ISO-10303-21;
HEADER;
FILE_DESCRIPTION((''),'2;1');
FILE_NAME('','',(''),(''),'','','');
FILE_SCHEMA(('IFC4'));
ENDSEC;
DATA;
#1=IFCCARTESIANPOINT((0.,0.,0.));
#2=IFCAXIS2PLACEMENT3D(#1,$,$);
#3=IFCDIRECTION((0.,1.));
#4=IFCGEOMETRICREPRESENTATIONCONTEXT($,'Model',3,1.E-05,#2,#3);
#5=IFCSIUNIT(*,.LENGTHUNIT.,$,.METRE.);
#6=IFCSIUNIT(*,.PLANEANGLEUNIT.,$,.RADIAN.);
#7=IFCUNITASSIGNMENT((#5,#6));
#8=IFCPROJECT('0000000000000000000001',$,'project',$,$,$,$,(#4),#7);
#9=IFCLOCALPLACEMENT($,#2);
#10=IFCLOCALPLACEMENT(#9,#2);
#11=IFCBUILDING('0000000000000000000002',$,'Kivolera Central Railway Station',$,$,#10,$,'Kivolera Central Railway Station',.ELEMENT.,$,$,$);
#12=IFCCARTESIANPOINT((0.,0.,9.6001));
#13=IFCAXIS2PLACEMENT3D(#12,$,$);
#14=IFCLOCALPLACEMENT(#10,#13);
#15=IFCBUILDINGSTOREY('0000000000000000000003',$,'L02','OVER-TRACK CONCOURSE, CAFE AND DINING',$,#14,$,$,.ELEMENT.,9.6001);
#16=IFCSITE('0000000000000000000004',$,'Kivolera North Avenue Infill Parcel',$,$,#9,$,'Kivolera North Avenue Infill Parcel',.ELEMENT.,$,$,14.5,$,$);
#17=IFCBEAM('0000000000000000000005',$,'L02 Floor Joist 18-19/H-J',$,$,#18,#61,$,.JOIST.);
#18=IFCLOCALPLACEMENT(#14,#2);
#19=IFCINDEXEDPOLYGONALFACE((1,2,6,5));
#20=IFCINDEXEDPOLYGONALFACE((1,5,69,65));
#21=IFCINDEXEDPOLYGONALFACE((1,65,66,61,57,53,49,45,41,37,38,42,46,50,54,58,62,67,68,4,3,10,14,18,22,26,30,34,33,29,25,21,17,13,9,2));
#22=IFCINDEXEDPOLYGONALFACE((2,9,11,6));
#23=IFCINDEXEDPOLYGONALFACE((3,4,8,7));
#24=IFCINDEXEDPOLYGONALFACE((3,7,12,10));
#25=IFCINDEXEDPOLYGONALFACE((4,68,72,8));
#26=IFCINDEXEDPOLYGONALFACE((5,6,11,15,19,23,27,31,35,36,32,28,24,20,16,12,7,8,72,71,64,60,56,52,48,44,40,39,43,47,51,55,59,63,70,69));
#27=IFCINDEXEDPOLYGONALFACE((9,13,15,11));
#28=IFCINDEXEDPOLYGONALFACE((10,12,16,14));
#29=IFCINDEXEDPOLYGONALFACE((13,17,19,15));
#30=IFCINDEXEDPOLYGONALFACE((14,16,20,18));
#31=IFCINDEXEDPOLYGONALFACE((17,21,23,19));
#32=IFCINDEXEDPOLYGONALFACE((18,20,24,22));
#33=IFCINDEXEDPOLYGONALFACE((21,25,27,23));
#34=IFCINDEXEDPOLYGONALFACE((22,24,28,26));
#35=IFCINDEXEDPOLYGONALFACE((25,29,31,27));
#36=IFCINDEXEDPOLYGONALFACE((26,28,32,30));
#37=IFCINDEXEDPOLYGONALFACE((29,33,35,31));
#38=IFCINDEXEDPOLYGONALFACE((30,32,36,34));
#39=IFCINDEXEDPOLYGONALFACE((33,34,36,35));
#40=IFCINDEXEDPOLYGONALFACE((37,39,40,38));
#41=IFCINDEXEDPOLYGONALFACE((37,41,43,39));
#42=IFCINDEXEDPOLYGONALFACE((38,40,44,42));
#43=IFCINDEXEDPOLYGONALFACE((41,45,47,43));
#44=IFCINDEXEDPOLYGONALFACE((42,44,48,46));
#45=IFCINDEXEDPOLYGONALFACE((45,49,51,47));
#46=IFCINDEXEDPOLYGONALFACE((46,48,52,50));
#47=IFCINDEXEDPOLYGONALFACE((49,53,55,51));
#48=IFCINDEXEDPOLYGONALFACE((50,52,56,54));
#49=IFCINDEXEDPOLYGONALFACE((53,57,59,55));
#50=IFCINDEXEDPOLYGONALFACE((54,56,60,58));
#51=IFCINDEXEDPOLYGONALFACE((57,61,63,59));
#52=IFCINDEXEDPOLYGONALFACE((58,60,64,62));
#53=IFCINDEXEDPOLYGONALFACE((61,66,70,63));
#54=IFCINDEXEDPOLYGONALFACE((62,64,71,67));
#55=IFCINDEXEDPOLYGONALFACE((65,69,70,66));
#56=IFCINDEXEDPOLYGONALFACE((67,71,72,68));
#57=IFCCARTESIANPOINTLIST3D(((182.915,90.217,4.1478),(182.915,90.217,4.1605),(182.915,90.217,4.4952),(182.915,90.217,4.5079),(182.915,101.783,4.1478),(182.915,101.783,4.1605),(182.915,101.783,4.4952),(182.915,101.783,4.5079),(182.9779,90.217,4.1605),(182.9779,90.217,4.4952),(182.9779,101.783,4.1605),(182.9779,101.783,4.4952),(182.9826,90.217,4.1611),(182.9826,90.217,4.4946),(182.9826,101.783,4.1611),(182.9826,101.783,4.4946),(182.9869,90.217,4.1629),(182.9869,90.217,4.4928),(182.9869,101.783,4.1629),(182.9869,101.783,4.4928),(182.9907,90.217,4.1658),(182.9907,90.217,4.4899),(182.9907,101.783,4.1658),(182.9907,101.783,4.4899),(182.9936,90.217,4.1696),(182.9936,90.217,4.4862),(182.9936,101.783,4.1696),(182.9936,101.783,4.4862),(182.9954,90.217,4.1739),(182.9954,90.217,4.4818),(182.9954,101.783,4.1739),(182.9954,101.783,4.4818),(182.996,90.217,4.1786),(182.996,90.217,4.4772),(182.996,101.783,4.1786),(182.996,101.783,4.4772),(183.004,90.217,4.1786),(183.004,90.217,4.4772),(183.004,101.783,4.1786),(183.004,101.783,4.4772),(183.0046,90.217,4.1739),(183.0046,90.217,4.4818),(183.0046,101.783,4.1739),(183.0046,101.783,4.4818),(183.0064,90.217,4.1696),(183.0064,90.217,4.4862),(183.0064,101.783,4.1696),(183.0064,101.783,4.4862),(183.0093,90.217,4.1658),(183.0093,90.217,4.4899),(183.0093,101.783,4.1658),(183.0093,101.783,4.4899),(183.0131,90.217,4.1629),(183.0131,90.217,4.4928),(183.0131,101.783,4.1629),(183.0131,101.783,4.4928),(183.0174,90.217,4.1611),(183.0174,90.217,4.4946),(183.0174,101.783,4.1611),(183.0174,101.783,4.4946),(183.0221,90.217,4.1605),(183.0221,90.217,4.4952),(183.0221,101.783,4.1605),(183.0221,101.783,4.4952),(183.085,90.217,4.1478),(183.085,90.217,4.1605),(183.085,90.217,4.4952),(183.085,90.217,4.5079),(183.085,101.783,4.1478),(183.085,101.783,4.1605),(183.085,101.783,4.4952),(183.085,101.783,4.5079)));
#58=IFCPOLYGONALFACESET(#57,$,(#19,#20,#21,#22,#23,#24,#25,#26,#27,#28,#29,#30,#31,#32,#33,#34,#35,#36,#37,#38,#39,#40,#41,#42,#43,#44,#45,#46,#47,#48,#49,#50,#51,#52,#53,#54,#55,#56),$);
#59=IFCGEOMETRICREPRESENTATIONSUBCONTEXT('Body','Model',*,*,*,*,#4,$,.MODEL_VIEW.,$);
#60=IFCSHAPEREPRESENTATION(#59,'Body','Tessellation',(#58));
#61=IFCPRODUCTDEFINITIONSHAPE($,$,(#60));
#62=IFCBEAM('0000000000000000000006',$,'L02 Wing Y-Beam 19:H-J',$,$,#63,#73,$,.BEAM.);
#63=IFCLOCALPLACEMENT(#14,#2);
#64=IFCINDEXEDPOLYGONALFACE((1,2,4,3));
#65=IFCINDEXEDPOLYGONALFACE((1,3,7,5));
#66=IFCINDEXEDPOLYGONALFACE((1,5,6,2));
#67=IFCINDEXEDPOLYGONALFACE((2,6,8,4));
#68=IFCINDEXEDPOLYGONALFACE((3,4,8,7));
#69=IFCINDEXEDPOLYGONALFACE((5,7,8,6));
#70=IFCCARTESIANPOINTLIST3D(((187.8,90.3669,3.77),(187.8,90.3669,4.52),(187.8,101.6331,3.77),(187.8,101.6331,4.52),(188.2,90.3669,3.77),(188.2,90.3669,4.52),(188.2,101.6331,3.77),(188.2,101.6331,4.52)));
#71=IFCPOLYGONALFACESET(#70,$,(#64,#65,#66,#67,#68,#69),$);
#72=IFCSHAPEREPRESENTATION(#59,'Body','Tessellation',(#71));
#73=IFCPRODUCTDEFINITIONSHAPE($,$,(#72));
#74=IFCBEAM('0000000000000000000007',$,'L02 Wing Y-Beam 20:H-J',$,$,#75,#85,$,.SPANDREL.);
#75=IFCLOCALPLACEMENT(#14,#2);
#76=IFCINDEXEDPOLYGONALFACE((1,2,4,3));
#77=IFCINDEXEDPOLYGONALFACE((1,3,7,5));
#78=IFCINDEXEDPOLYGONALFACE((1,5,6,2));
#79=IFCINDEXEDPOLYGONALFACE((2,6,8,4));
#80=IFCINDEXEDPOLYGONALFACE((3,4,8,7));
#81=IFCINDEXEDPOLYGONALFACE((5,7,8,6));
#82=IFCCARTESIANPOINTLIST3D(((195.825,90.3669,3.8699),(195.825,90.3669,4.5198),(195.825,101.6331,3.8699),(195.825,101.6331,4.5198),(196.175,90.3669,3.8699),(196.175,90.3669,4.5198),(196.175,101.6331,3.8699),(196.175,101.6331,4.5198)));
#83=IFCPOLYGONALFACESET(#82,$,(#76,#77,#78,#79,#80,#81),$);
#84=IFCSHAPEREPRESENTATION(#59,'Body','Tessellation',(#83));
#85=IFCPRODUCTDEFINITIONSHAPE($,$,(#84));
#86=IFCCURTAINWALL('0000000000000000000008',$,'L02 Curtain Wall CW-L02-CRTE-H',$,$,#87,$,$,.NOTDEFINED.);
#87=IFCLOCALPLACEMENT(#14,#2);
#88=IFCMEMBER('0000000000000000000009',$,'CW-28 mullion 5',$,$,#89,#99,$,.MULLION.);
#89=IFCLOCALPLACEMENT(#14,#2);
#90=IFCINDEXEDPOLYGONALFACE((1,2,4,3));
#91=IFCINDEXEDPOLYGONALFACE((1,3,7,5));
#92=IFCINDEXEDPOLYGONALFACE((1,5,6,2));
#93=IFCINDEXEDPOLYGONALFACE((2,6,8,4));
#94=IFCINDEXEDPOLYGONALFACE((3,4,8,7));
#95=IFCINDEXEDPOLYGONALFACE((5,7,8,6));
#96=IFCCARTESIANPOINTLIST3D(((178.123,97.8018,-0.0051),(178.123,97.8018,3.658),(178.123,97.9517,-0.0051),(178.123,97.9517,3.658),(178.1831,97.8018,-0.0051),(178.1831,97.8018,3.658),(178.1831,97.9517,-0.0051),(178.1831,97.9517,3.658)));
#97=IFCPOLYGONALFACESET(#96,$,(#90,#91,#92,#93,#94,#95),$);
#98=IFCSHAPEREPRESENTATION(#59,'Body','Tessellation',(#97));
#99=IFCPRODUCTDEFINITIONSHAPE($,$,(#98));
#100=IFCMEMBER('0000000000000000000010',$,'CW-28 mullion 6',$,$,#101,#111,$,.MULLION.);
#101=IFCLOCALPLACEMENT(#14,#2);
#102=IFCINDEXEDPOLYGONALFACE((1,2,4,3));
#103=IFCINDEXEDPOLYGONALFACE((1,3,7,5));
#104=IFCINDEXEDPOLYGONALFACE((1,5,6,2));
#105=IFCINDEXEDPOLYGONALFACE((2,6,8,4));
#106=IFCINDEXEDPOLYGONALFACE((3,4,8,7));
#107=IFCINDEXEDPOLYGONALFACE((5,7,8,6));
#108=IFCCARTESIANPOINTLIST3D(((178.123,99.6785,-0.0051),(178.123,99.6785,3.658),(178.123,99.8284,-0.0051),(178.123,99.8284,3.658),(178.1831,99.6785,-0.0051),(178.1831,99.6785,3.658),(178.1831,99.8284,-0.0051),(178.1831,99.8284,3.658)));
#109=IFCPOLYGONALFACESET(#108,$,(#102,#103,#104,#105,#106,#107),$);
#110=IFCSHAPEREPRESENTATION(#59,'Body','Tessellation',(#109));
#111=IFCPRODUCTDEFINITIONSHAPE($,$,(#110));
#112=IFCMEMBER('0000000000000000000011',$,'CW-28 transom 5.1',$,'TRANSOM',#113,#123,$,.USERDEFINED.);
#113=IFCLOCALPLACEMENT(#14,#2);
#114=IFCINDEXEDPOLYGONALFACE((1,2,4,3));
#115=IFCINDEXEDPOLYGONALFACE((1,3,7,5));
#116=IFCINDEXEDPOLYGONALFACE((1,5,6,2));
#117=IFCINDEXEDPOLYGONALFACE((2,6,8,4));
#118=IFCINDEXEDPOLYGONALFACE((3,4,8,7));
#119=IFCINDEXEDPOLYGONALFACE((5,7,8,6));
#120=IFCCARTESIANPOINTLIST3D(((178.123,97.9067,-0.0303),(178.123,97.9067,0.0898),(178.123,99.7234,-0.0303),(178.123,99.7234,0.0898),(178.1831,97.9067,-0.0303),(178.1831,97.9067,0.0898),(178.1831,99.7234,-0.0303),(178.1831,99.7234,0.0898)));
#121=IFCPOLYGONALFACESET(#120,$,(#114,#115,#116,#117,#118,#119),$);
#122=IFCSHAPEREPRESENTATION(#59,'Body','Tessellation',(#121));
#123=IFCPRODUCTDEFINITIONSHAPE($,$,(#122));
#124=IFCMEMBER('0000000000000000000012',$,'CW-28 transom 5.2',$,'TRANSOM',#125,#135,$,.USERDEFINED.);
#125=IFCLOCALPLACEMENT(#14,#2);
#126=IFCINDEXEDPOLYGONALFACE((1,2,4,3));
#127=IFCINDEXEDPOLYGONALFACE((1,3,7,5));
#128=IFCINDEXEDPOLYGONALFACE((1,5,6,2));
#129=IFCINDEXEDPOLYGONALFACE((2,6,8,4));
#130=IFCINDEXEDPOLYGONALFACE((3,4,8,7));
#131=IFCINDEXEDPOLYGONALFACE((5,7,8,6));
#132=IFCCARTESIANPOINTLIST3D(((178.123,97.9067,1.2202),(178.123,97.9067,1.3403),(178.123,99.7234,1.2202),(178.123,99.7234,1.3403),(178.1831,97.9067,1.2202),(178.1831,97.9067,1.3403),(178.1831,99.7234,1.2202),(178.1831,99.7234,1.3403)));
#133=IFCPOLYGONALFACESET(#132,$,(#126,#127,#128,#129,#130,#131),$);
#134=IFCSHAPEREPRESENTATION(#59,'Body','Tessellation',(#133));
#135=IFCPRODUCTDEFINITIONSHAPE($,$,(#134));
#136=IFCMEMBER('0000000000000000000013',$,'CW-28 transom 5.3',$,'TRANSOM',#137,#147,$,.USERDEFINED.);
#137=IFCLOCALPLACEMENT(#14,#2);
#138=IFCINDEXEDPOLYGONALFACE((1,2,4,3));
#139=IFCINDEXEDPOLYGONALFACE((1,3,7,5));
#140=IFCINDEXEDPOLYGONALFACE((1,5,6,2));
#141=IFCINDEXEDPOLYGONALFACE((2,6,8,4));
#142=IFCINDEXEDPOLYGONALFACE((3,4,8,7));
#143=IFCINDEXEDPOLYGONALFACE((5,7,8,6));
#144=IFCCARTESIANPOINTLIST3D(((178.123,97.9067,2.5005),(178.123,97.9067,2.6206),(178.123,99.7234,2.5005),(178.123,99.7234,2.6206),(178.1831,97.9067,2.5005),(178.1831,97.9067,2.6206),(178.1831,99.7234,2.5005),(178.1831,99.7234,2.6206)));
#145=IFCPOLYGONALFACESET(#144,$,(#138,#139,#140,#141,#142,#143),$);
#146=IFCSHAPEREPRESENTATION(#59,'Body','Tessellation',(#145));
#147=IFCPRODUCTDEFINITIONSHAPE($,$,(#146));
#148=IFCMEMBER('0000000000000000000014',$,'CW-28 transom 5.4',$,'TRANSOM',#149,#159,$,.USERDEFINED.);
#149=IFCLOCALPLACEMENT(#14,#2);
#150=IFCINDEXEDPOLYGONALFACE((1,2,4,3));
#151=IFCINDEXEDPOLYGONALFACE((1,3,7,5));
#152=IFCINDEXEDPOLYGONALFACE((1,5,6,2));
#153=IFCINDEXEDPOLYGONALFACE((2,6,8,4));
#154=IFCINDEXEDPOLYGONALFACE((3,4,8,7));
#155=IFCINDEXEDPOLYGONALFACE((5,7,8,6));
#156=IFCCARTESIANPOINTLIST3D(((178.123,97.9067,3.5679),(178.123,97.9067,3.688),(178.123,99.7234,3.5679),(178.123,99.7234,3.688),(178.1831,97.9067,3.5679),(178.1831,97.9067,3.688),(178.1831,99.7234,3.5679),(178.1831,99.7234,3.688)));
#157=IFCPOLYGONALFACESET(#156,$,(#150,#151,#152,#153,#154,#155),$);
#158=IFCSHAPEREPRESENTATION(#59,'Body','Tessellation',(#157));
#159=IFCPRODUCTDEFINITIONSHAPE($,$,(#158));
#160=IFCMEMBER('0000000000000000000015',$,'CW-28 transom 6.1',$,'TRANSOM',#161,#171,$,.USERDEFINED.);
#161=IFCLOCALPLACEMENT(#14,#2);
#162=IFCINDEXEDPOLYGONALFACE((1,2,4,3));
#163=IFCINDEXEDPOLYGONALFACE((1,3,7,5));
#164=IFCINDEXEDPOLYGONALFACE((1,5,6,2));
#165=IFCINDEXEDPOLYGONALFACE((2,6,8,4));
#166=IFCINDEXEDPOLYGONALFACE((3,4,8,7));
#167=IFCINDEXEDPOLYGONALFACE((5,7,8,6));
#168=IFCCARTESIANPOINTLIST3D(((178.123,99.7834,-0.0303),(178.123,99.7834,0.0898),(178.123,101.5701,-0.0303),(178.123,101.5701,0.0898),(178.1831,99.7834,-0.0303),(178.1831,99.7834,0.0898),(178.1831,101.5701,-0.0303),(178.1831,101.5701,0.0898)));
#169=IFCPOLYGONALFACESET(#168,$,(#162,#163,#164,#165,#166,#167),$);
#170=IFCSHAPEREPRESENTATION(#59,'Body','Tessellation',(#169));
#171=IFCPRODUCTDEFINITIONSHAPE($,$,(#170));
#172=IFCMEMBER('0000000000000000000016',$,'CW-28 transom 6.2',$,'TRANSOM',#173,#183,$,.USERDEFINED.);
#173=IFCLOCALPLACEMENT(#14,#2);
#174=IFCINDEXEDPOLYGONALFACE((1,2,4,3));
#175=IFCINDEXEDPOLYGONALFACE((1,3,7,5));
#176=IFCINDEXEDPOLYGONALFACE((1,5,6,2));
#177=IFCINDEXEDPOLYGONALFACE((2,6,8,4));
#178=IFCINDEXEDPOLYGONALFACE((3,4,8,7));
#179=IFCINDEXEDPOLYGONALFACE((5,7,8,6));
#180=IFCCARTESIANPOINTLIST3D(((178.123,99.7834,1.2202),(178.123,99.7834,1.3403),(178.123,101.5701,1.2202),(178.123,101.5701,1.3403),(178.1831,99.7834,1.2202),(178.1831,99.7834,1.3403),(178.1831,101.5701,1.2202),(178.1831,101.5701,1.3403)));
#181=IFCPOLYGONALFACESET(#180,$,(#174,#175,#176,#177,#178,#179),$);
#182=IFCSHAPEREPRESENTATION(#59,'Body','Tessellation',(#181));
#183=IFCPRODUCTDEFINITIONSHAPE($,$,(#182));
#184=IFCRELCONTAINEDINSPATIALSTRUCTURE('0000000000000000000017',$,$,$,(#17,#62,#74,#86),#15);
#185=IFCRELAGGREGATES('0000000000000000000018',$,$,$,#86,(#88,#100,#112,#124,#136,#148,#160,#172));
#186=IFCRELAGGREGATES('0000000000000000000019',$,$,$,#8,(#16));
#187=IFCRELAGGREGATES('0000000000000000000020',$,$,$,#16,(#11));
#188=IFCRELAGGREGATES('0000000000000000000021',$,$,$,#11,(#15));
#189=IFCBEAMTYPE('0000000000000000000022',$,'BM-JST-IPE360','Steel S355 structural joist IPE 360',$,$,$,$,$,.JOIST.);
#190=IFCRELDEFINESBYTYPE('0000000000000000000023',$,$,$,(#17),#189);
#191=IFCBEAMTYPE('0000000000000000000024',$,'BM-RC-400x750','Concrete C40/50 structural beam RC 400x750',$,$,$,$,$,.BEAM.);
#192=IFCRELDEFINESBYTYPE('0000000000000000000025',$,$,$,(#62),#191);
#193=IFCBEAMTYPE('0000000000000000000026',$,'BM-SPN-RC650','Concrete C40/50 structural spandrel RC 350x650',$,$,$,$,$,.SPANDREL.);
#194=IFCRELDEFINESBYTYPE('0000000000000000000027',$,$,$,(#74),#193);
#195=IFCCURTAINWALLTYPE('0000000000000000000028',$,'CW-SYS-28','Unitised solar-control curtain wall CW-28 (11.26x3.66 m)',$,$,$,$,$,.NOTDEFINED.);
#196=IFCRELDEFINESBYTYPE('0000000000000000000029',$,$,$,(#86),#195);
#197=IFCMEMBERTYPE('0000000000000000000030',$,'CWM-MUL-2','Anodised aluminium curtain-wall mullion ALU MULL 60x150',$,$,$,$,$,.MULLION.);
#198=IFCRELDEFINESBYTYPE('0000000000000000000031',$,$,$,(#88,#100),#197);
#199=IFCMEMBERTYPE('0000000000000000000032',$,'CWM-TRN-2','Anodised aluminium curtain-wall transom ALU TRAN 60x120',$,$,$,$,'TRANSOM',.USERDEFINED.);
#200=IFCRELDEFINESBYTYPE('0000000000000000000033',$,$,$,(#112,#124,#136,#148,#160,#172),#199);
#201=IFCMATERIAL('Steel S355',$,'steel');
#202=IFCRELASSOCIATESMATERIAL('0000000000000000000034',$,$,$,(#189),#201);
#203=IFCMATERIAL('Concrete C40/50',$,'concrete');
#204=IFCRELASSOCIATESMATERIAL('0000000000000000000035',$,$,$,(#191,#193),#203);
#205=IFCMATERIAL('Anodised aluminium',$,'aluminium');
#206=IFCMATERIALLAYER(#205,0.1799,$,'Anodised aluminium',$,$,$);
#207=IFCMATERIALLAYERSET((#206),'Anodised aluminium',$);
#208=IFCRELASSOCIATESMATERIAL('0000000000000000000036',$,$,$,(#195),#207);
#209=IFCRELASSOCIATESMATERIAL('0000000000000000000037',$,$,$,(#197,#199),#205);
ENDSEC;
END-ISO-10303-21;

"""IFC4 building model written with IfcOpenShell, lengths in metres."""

from ifc_helpers import new_model, si_unit, direction, frame, origin, origin_2d, place, context, subcontext, project, spatial, rectangle, i_section, extrude, material, layer, layer_set, material_profile, profile_set, type_object, element, aggregate, save


model = new_model("IFC4")

# Units and contexts
model_context = context("Model", 3, precision=1e-05, world=origin(), true_north=direction((0.0, 1.0)))
body_context = subcontext(model_context, "Body", "Model", "MODEL_VIEW")
ifc_project = project(units=[si_unit("LENGTHUNIT", "METRE"), si_unit("PLANEANGLEUNIT", "RADIAN")], contexts=[model_context])

# Site, building, storey
site_placement = place(None, origin())
site = spatial("IfcSite", under=ifc_project, at=site_placement, Name="Kivolera North Avenue Infill Parcel", LongName="Kivolera North Avenue Infill Parcel", CompositionType="ELEMENT", RefElevation=14.5)
building_placement = place(site_placement, origin())
building = spatial("IfcBuilding", under=site, at=building_placement, Name="Kivolera Central Railway Station", LongName="Kivolera Central Railway Station", CompositionType="ELEMENT")
storey_placement = place(building_placement, frame((0.0, 0.0, 9.6001)))
storey = spatial("IfcBuildingStorey", under=building, at=storey_placement, Name="L02", Description="OVER-TRACK CONCOURSE, CAFE AND DINING", CompositionType="ELEMENT", Elevation=9.6001)

# Beams
ifc_material_1 = material(Name="Steel S355", Category="steel")
ifc_material_profile_1 = material_profile(ifc_material_1, i_section(OverallWidth=0.1699, OverallDepth=0.3601, WebThickness=0.0081, FlangeThickness=0.0127, FilletRadius=0.0181, at=origin_2d()), Name="IPE 360")
ifc_profile_set_1 = profile_set([ifc_material_profile_1], Name="Steel S355")
beam_type_1 = type_object("IfcBeamType", Name="BM-JST-IPE360", Description="Steel S355 structural joist IPE 360", PredefinedType="JOIST", material=ifc_profile_set_1)
beam_1_placement = place(storey_placement, frame((183.0, 90.217, 4.3279), z_axis=(0.0, 1.0, 0.0), x_axis=(-1.0, 0.0, 0.0)))
element("IfcBeam", 1, at=beam_1_placement, inside=storey, type_object=beam_type_1, Name="L02 Floor Joist 18-19/H-J", PredefinedType="JOIST", context=body_context, shape_type="SweptSolid", body=[
    extrude(i_section(OverallWidth=0.1699, OverallDepth=0.3601, WebThickness=0.0081, FlangeThickness=0.0127, FilletRadius=0.0181, at=origin_2d()), origin(), (0.0, 0.0, 1.0), 11.5659),
])
ifc_material_2 = material(Name="Concrete C40/50", Category="concrete")
ifc_material_profile_2 = material_profile(ifc_material_2, rectangle(XDim=0.3999, YDim=0.75, at=origin_2d()), Name="RC 400x750")
ifc_profile_set_2 = profile_set([ifc_material_profile_2], Name="Concrete C40/50")
beam_type_2 = type_object("IfcBeamType", Name="BM-RC-400x750", Description="Concrete C40/50 structural beam RC 400x750", PredefinedType="BEAM", material=ifc_profile_set_2)
beam_2_placement = place(storey_placement, frame((188.0, 90.3669, 4.145), z_axis=(0.0, 1.0, 0.0), x_axis=(-1.0, 0.0, 0.0)))
element("IfcBeam", 2, at=beam_2_placement, inside=storey, type_object=beam_type_2, Name="L02 Wing Y-Beam 19:H-J", PredefinedType="BEAM", context=body_context, shape_type="SweptSolid", body=[
    extrude(rectangle(XDim=0.3999, YDim=0.75, at=origin_2d()), origin(), (0.0, 0.0, 1.0), 11.2661),
])
ifc_material_profile_3 = material_profile(ifc_material_2, rectangle(XDim=0.3501, YDim=0.6499, at=origin_2d()), Name="RC 350x650")
ifc_profile_set_3 = profile_set([ifc_material_profile_3], Name="Concrete C40/50")
beam_type_3 = type_object("IfcBeamType", Name="BM-SPN-RC650", Description="Concrete C40/50 structural spandrel RC 350x650", PredefinedType="SPANDREL", material=ifc_profile_set_3)
beam_3_placement = place(storey_placement, frame((196.0, 90.3669, 4.1948), z_axis=(0.0, 1.0, 0.0), x_axis=(-1.0, 0.0, 0.0)))
element("IfcBeam", 3, at=beam_3_placement, inside=storey, type_object=beam_type_3, Name="L02 Wing Y-Beam 20:H-J", PredefinedType="SPANDREL", context=body_context, shape_type="SweptSolid", body=[
    extrude(rectangle(XDim=0.3501, YDim=0.6499, at=origin_2d()), origin(), (0.0, 0.0, 1.0), 11.2661),
])

# Curtain wall, members
ifc_material_3 = material(Name="Anodised aluminium", Category="aluminium")
ifc_layer_1 = layer(ifc_material_3, 0.1799, Name="Anodised aluminium")
ifc_layer_set_1 = layer_set([ifc_layer_1], Name="Anodised aluminium")
curtain_wall_type = type_object("IfcCurtainWallType", Name="CW-SYS-28", Description="Unitised solar-control curtain wall CW-28 (11.26x3.66 m)", PredefinedType="NOTDEFINED", material=ifc_layer_set_1)
curtain_wall_placement = place(storey_placement, origin())
curtain_wall = element("IfcCurtainWall", 4, at=curtain_wall_placement, inside=storey, type_object=curtain_wall_type, Name="L02 Curtain Wall CW-L02-CRTE-H", PredefinedType="NOTDEFINED")
ifc_material_profile_4 = material_profile(ifc_material_3, rectangle(XDim=0.0601, YDim=0.1499, at=origin_2d()), Name="ALU MULL 60x150")
ifc_profile_set_4 = profile_set([ifc_material_profile_4], Name="Anodised aluminium")
member_type_1 = type_object("IfcMemberType", Name="CWM-MUL-2", Description="Anodised aluminium curtain-wall mullion ALU MULL 60x150", PredefinedType="MULLION", material=ifc_profile_set_4)
member_1_placement = place(storey_placement, frame((178.1531, 97.8767, -0.0051), z_axis=(0.0, 0.0, 1.0), x_axis=(-1.0, 0.0, 0.0)))
member_1 = element("IfcMember", 5, at=member_1_placement, type_object=member_type_1, Name="CW-28 mullion 5", PredefinedType="MULLION", context=body_context, shape_type="SweptSolid", body=[
    extrude(rectangle(XDim=0.0601, YDim=0.1499, at=origin_2d()), origin(), (0.0, 0.0, 1.0), 3.6631),
])
member_2_placement = place(storey_placement, frame((178.1531, 99.7534, -0.0051), z_axis=(0.0, 0.0, 1.0), x_axis=(-1.0, 0.0, 0.0)))
member_2 = element("IfcMember", 6, at=member_2_placement, type_object=member_type_1, Name="CW-28 mullion 6", PredefinedType="MULLION", context=body_context, shape_type="SweptSolid", body=[
    extrude(rectangle(XDim=0.0601, YDim=0.1499, at=origin_2d()), origin(), (0.0, 0.0, 1.0), 3.6631),
])
ifc_material_profile_5 = material_profile(ifc_material_3, rectangle(XDim=0.0601, YDim=0.1201, at=origin_2d()), Name="ALU TRAN 60x120")
ifc_profile_set_5 = profile_set([ifc_material_profile_5], Name="Anodised aluminium")
member_type_2 = type_object("IfcMemberType", Name="CWM-TRN-2", Description="Anodised aluminium curtain-wall transom ALU TRAN 60x120", ElementType="TRANSOM", PredefinedType="USERDEFINED", material=ifc_profile_set_5)
member_3_placement = place(storey_placement, frame((178.1531, 97.9067, 0.0298), z_axis=(0.0, 1.0, 0.0), x_axis=(-1.0, 0.0, 0.0)))
member_3 = element("IfcMember", 7, at=member_3_placement, type_object=member_type_2, Name="CW-28 transom 5.1", ObjectType="TRANSOM", PredefinedType="USERDEFINED", context=body_context, shape_type="SweptSolid", body=[
    extrude(rectangle(XDim=0.0601, YDim=0.1201, at=origin_2d()), origin(), (0.0, 0.0, 1.0), 1.8167),
])
member_4_placement = place(storey_placement, frame((178.1531, 97.9067, 1.2803), z_axis=(0.0, 1.0, 0.0), x_axis=(-1.0, 0.0, 0.0)))
member_4 = element("IfcMember", 8, at=member_4_placement, type_object=member_type_2, Name="CW-28 transom 5.2", ObjectType="TRANSOM", PredefinedType="USERDEFINED", context=body_context, shape_type="SweptSolid", body=[
    extrude(rectangle(XDim=0.0601, YDim=0.1201, at=origin_2d()), origin(), (0.0, 0.0, 1.0), 1.8167),
])
member_5_placement = place(storey_placement, frame((178.1531, 97.9067, 2.5605), z_axis=(0.0, 1.0, 0.0), x_axis=(-1.0, 0.0, 0.0)))
member_5 = element("IfcMember", 9, at=member_5_placement, type_object=member_type_2, Name="CW-28 transom 5.3", ObjectType="TRANSOM", PredefinedType="USERDEFINED", context=body_context, shape_type="SweptSolid", body=[
    extrude(rectangle(XDim=0.0601, YDim=0.1201, at=origin_2d()), origin(), (0.0, 0.0, 1.0), 1.8167),
])
member_6_placement = place(storey_placement, frame((178.1531, 97.9067, 3.6279), z_axis=(0.0, 1.0, 0.0), x_axis=(-1.0, 0.0, 0.0)))
member_6 = element("IfcMember", 10, at=member_6_placement, type_object=member_type_2, Name="CW-28 transom 5.4", ObjectType="TRANSOM", PredefinedType="USERDEFINED", context=body_context, shape_type="SweptSolid", body=[
    extrude(rectangle(XDim=0.0601, YDim=0.1201, at=origin_2d()), origin(), (0.0, 0.0, 1.0), 1.8167),
])
member_7_placement = place(storey_placement, frame((178.1531, 99.7834, 0.0298), z_axis=(0.0, 1.0, 0.0), x_axis=(-1.0, 0.0, 0.0)))
member_7 = element("IfcMember", 11, at=member_7_placement, type_object=member_type_2, Name="CW-28 transom 6.1", ObjectType="TRANSOM", PredefinedType="USERDEFINED", context=body_context, shape_type="SweptSolid", body=[
    extrude(rectangle(XDim=0.0601, YDim=0.1201, at=origin_2d()), origin(), (0.0, 0.0, 1.0), 1.7866),
])
member_8_placement = place(storey_placement, frame((178.1531, 99.7834, 1.2803), z_axis=(0.0, 1.0, 0.0), x_axis=(-1.0, 0.0, 0.0)))
member_8 = element("IfcMember", 12, at=member_8_placement, type_object=member_type_2, Name="CW-28 transom 6.2", ObjectType="TRANSOM", PredefinedType="USERDEFINED", context=body_context, shape_type="SweptSolid", body=[
    extrude(rectangle(XDim=0.0601, YDim=0.1201, at=origin_2d()), origin(), (0.0, 0.0, 1.0), 1.7866),
])
aggregate(curtain_wall, [member_1, member_2, member_3, member_4, member_5, member_6, member_7, member_8])

save(model, "model.ifc")
